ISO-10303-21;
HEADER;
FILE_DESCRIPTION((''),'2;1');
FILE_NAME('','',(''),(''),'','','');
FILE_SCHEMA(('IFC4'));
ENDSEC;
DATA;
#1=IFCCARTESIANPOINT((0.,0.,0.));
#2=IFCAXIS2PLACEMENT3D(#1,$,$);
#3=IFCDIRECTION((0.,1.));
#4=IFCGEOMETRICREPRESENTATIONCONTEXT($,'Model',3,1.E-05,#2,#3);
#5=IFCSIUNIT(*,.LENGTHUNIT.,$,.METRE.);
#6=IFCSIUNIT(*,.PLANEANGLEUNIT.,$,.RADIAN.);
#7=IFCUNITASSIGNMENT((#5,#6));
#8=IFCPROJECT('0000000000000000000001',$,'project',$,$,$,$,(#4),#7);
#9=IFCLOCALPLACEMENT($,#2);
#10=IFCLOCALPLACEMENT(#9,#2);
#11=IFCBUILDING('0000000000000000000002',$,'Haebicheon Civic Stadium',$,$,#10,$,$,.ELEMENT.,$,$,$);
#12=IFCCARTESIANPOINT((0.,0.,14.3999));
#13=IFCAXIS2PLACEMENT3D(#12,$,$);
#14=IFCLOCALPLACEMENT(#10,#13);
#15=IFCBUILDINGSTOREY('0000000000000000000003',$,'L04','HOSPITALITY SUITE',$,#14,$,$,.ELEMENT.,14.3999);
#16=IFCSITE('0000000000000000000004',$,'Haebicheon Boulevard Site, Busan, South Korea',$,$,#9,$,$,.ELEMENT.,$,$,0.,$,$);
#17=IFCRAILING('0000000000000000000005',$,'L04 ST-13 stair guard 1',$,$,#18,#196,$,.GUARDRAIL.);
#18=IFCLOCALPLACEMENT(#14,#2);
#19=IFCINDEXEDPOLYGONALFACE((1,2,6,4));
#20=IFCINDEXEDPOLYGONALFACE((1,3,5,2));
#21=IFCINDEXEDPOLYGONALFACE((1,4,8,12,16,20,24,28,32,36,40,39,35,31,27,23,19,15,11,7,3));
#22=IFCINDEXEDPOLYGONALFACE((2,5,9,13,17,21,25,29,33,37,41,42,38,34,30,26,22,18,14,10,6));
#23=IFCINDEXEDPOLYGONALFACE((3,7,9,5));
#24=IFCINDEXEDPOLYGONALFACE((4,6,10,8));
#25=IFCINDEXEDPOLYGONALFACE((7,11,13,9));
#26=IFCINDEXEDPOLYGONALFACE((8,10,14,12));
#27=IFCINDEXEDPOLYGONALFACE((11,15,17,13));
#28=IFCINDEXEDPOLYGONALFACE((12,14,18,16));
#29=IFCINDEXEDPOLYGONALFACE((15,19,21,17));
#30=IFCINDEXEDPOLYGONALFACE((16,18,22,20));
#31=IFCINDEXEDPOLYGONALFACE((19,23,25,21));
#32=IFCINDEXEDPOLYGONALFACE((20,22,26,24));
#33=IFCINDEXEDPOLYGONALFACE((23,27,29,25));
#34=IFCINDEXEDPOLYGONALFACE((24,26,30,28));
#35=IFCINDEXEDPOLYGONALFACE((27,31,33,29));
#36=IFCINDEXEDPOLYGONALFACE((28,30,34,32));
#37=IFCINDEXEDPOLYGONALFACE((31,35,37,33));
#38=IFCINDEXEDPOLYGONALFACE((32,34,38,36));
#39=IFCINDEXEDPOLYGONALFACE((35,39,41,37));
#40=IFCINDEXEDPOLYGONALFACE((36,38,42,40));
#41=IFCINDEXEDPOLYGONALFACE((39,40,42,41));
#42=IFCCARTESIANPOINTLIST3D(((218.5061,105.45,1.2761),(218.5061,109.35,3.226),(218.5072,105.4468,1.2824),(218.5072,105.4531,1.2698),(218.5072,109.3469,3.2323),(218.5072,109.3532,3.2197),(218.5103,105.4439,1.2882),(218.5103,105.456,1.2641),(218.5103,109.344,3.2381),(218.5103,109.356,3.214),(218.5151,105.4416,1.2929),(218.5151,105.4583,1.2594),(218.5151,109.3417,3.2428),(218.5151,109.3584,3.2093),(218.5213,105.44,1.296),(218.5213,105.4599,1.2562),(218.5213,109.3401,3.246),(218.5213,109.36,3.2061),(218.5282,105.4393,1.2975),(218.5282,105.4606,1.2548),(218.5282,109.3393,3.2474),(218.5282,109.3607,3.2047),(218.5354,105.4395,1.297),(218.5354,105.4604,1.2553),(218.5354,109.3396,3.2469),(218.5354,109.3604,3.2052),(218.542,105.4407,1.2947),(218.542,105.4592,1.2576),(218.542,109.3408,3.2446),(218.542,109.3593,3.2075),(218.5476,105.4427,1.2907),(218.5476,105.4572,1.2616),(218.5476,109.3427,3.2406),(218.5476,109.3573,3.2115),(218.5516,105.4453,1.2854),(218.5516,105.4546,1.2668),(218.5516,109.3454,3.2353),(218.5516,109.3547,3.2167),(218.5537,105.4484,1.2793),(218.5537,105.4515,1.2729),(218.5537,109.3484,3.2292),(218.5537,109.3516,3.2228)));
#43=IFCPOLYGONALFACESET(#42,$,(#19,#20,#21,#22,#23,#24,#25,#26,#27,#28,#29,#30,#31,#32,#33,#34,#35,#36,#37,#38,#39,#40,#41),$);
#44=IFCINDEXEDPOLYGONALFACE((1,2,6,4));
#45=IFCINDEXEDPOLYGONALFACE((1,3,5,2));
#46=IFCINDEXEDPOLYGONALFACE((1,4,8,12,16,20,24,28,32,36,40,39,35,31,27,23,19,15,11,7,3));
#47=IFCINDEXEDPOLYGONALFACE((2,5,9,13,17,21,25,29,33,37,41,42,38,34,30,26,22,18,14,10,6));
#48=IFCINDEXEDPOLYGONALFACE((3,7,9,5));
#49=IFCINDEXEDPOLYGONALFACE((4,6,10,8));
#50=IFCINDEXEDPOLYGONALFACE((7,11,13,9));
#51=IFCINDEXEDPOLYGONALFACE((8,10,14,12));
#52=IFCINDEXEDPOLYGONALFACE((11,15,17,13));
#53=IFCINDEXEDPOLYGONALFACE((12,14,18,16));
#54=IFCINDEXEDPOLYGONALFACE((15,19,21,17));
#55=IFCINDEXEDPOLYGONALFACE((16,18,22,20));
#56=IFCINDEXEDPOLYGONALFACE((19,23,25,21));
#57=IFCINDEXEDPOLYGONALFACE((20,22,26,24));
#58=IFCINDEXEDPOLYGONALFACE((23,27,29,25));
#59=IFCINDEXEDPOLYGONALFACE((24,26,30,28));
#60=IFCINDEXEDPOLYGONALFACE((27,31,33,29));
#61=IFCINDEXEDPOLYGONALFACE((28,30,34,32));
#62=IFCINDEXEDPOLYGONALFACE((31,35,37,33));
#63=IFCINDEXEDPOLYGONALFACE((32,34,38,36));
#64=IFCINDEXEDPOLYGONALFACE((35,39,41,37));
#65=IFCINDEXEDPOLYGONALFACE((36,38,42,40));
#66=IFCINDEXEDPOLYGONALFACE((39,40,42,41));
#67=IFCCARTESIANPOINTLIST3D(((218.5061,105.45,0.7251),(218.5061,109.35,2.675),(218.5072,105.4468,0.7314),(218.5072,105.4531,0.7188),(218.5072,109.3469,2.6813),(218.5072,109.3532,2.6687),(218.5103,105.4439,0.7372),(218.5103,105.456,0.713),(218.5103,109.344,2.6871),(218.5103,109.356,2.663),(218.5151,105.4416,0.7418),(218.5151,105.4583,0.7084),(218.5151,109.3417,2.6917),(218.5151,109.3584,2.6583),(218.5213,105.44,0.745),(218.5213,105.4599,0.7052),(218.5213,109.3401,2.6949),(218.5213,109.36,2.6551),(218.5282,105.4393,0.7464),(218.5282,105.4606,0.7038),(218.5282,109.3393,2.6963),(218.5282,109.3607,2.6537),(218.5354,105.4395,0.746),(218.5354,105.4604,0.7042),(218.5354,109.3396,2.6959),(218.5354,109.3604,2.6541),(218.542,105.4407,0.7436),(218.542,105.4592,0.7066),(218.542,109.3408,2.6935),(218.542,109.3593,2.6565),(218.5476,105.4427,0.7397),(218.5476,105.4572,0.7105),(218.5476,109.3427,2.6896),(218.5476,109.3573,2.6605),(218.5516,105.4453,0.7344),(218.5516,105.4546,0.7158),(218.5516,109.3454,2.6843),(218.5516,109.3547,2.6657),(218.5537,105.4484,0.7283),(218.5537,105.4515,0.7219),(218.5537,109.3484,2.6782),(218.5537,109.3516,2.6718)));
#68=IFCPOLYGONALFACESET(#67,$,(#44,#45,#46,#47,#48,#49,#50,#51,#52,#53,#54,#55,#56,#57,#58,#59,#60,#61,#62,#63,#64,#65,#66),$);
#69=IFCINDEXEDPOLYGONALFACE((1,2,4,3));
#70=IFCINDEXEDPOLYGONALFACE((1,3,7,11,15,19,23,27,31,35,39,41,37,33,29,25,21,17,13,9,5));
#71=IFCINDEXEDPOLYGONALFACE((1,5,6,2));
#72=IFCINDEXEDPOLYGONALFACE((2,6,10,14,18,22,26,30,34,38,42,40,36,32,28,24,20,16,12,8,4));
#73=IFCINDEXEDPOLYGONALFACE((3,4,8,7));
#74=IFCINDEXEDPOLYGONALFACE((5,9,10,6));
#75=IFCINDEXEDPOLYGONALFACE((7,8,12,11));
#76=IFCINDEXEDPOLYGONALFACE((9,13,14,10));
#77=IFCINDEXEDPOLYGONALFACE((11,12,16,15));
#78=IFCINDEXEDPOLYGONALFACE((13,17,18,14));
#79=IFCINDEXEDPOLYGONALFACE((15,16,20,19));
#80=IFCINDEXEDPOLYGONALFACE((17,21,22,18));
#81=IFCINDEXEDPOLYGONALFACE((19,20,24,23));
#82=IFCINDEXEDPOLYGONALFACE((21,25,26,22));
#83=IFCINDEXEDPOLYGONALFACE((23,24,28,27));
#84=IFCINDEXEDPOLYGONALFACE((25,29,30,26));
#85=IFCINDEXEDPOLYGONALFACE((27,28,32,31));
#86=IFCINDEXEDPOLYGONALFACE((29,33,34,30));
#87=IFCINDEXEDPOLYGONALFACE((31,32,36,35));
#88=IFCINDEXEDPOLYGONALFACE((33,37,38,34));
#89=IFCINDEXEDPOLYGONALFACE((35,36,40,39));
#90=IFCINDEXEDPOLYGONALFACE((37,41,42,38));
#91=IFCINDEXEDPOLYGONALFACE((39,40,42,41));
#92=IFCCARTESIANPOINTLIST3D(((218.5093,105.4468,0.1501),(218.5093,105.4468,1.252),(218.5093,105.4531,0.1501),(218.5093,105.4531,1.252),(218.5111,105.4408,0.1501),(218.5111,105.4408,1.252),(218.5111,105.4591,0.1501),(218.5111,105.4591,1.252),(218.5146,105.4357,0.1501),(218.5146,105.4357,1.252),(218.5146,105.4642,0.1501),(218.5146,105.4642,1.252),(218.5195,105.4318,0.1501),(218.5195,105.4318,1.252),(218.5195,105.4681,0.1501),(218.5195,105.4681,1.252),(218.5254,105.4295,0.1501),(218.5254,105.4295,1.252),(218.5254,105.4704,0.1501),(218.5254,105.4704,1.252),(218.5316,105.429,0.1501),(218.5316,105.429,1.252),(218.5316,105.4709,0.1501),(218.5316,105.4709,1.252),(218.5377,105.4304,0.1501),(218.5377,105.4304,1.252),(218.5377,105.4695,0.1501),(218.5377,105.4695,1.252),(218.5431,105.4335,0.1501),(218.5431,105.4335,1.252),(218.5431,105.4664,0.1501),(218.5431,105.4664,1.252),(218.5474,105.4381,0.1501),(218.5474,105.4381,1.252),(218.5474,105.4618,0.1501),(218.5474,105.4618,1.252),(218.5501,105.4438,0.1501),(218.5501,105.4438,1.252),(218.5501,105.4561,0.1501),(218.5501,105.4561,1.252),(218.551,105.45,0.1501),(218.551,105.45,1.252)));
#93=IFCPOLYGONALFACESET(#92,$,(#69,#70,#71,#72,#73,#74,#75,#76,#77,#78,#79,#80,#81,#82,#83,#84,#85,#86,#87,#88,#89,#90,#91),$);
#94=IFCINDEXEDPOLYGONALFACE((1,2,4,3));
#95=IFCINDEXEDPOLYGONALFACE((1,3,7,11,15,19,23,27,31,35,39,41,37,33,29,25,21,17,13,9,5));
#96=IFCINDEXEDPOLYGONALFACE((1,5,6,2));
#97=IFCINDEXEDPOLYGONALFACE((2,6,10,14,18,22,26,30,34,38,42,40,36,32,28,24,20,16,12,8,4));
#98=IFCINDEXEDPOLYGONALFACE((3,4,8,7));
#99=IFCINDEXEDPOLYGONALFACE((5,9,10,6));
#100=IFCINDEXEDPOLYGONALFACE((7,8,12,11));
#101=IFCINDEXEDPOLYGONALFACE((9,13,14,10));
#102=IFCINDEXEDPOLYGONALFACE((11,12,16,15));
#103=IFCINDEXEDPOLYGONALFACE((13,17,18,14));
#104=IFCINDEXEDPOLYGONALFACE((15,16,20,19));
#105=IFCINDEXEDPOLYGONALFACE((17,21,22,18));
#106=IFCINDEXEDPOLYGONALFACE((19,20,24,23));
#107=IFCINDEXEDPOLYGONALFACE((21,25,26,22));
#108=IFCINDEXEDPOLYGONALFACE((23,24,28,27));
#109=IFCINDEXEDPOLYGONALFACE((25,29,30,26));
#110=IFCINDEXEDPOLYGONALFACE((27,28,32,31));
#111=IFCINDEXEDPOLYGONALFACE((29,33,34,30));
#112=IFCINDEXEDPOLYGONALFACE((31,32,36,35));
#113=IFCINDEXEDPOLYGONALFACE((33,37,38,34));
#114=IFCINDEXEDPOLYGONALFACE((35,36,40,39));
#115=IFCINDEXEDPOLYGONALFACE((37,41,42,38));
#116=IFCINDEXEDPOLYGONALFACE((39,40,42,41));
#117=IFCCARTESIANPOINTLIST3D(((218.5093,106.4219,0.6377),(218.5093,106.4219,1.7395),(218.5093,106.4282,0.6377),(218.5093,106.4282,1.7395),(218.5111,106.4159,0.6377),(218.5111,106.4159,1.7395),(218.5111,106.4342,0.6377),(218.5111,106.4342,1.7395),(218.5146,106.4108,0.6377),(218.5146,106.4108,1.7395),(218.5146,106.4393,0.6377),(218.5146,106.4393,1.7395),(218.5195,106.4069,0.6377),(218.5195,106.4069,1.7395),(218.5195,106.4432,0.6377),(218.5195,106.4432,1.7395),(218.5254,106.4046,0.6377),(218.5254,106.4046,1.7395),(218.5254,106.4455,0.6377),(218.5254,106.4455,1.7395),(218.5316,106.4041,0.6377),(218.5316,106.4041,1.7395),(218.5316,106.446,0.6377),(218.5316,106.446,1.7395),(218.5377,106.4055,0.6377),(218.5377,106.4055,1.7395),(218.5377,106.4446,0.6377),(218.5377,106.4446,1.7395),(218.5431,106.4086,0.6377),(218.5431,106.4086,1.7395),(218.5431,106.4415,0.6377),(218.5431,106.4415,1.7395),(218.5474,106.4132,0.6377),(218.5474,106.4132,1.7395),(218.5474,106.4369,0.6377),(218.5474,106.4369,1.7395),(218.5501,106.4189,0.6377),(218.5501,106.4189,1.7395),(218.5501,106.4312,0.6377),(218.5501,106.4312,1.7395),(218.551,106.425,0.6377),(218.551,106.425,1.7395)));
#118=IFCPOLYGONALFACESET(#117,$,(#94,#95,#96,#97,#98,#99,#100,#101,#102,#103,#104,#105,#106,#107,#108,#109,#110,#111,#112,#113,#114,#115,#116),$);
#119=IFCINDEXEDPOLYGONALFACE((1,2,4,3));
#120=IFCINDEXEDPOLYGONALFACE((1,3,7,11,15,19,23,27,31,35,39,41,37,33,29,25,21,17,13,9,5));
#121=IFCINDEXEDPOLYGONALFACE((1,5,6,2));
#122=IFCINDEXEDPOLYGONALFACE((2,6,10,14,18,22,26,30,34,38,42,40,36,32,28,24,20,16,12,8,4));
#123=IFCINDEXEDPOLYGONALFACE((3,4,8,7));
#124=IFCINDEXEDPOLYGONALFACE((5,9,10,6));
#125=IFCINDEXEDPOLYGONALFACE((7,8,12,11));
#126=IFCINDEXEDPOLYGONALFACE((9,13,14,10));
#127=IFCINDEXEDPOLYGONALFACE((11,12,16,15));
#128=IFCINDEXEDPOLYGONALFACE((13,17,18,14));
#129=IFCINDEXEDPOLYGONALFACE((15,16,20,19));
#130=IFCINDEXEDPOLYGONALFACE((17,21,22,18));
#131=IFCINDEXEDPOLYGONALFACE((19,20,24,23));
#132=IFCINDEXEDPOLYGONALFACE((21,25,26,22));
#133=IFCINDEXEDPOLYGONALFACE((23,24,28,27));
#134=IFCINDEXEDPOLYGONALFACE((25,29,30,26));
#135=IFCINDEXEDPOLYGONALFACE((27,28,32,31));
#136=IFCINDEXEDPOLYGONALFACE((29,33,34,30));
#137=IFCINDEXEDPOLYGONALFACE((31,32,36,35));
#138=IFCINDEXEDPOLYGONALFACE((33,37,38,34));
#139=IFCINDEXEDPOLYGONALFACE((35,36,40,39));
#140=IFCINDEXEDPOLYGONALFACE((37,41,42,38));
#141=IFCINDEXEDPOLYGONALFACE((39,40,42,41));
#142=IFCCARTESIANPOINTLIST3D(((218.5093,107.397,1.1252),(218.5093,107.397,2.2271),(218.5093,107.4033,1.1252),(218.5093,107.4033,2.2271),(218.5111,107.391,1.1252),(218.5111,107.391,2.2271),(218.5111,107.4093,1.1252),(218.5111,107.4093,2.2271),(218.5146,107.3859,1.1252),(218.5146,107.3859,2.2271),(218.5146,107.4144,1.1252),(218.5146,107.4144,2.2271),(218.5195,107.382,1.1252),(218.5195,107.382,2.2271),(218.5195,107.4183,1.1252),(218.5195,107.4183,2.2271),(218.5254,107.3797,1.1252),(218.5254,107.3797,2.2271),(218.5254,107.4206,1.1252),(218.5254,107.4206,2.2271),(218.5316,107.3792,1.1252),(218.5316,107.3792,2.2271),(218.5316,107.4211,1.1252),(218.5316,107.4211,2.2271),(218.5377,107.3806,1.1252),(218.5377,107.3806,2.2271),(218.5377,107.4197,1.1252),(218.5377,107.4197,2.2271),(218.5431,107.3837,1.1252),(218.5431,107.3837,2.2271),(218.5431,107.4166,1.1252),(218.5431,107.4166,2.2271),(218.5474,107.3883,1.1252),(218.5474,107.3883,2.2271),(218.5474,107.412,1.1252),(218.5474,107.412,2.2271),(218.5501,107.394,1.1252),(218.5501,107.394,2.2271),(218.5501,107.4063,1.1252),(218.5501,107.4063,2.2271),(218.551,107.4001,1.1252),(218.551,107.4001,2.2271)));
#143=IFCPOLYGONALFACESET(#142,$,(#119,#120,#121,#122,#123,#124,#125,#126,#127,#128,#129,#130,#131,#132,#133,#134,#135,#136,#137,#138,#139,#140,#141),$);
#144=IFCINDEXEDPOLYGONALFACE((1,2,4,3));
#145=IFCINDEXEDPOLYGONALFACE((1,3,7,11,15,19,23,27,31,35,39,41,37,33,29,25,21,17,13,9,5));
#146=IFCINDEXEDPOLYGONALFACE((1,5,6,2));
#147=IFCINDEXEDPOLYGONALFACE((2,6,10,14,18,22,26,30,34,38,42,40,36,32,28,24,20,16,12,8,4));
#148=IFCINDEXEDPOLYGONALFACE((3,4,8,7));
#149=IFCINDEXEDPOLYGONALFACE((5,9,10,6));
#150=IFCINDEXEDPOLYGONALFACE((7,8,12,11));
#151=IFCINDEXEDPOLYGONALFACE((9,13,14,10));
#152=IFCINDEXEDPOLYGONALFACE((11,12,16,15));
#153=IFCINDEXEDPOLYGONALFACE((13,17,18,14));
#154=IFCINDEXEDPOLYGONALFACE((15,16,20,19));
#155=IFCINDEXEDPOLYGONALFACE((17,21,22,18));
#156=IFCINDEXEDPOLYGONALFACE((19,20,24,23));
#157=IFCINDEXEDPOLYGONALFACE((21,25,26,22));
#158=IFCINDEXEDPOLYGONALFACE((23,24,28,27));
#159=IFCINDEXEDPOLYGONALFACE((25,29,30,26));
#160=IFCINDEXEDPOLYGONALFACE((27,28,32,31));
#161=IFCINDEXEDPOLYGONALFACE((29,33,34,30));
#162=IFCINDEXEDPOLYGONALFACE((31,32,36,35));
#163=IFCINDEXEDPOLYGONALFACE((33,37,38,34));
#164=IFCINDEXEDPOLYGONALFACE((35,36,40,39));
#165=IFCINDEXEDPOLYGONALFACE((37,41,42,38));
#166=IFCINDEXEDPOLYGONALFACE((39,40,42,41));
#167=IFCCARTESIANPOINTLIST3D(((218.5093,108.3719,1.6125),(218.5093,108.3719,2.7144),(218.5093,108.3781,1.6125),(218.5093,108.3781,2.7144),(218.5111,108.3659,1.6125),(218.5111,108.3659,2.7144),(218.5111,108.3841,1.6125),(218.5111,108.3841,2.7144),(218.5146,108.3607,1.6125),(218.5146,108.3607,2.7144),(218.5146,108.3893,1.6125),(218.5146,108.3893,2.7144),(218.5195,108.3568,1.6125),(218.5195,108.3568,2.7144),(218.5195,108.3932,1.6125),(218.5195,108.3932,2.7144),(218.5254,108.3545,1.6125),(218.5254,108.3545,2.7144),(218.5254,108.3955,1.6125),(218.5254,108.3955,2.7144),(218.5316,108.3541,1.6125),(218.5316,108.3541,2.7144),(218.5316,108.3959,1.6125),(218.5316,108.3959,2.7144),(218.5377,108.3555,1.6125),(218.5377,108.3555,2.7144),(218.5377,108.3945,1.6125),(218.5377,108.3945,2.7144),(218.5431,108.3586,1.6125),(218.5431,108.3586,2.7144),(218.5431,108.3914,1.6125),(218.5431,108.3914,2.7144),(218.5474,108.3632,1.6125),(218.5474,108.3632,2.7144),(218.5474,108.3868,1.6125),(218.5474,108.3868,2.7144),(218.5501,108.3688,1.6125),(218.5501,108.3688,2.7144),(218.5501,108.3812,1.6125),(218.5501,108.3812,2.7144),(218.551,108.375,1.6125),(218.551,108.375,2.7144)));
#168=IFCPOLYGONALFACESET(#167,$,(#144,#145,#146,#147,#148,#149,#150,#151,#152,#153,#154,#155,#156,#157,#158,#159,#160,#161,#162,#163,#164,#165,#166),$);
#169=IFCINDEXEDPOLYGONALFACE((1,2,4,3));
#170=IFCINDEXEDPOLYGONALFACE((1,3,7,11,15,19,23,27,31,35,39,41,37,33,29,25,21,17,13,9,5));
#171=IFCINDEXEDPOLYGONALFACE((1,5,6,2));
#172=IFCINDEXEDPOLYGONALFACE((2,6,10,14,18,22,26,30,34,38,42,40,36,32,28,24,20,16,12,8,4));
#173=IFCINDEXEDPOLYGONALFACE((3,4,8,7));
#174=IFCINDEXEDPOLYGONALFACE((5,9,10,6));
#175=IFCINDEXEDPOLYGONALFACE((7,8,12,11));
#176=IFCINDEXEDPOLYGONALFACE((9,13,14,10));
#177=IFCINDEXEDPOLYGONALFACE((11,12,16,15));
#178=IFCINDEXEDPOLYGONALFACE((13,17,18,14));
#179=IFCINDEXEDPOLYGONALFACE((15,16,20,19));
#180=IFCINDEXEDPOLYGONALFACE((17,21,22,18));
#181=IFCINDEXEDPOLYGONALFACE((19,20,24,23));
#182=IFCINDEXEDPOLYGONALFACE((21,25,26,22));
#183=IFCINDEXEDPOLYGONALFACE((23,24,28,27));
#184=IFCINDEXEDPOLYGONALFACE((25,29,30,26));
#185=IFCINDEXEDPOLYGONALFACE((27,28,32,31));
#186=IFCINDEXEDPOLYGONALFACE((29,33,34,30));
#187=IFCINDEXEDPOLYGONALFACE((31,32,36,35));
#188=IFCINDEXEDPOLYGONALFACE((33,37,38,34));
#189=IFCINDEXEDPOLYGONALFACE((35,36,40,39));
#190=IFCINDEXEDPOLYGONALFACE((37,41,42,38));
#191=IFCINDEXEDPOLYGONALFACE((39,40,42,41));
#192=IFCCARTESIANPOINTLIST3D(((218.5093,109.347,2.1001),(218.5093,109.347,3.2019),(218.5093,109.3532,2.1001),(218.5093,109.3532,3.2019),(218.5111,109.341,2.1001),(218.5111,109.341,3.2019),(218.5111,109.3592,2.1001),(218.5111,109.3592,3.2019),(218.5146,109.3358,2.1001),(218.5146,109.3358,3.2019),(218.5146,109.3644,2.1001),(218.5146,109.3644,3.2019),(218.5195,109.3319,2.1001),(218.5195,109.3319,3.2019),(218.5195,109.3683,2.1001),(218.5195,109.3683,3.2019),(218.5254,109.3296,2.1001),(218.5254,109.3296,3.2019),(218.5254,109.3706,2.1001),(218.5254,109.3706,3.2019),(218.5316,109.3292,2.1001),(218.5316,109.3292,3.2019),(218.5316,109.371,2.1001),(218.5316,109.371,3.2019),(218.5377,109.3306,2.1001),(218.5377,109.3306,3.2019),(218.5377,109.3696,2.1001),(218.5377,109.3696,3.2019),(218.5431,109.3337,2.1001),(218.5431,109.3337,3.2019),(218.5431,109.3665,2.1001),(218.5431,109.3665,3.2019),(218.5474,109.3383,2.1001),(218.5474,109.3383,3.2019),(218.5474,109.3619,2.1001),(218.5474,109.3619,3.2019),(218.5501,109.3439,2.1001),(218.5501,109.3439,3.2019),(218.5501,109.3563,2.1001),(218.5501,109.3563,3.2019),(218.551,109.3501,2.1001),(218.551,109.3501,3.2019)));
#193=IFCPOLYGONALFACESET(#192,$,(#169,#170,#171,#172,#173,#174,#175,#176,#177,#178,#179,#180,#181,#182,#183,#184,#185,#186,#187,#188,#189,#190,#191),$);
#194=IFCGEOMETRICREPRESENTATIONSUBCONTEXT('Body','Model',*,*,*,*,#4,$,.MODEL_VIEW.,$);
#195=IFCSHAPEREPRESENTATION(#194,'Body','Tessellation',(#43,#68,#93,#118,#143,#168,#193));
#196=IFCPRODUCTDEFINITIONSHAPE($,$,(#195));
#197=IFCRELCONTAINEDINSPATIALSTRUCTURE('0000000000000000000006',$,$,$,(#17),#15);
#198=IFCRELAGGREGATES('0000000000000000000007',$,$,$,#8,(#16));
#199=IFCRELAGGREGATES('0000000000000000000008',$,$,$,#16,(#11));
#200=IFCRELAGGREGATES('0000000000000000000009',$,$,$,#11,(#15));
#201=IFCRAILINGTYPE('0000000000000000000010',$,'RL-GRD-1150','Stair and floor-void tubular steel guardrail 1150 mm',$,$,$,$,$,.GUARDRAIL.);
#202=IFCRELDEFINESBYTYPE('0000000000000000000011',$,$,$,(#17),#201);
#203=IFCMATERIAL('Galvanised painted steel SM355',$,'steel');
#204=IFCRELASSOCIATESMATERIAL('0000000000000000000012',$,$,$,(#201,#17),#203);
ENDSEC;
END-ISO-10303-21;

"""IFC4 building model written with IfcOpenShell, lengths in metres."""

from ifc_helpers import new_model, si_unit, direction, frame, origin, origin_2d, place, context, subcontext, project, spatial, circle, extrude, material, type_object, element, save


model = new_model("IFC4")

# Units and contexts
model_context = context("Model", 3, precision=1e-05, world=origin(), true_north=direction((0.0, 1.0)))
body_context = subcontext(model_context, "Body", "Model", "MODEL_VIEW")
ifc_project = project(units=[si_unit("LENGTHUNIT", "METRE"), si_unit("PLANEANGLEUNIT", "RADIAN")], contexts=[model_context])

# Site, building, storey
site_placement = place(None, origin())
site = spatial("IfcSite", under=ifc_project, at=site_placement, Name="Haebicheon Boulevard Site, Busan, South Korea", CompositionType="ELEMENT", RefElevation=0.0)
building_placement = place(site_placement, origin())
building = spatial("IfcBuilding", under=site, at=building_placement, Name="Haebicheon Civic Stadium", CompositionType="ELEMENT")
storey_placement = place(building_placement, frame((0.0, 0.0, 14.3999)))
storey = spatial("IfcBuildingStorey", under=building, at=storey_placement, Name="L04", Description="HOSPITALITY SUITE", CompositionType="ELEMENT", Elevation=14.3999)

# Railing
ifc_material_1 = material(Name="Galvanised painted steel SM355", Category="steel")
railing_type_1 = type_object("IfcRailingType", Name="RL-GRD-1150", Description="Stair and floor-void tubular steel guardrail 1150 mm", PredefinedType="GUARDRAIL", material=ifc_material_1)
railing_1_placement = place(storey_placement, frame((218.53, 105.45, 0.1501)))
element("IfcRailing", 1, at=railing_1_placement, inside=storey, type_object=railing_type_1, material=ifc_material_1, Name="L04 ST-13 stair guard 1", PredefinedType="GUARDRAIL", context=body_context, shape_type="SweptSolid", body=[
    extrude(circle(Radius=0.0239, at=origin_2d()), frame((0.0, 0.0, 1.126), z_axis=(0.0, 0.894438, 0.447191), x_axis=(-1.0, 0.0, 0.0)), (0.0, 0.0, 1.0), 4.3604),
    extrude(circle(Radius=0.0239, at=origin_2d()), frame((0.0, 0.0, 0.575), z_axis=(0.0, 0.894438, 0.447191), x_axis=(-1.0, 0.0, 0.0)), (0.0, 0.0, 1.0), 4.3604),
    extrude(circle(Radius=0.021, at=origin_2d()), origin(), (0.0, 0.0, 1.0), 1.1018),
    extrude(circle(Radius=0.021, at=origin_2d()), frame((0.0, 0.9751, 0.4875)), (0.0, 0.0, 1.0), 1.1018),
    extrude(circle(Radius=0.021, at=origin_2d()), frame((0.0, 1.9502, 0.9751)), (0.0, 0.0, 1.0), 1.1018),
    extrude(circle(Radius=0.021, at=origin_2d()), frame((0.0, 2.925, 1.4624)), (0.0, 0.0, 1.0), 1.1018),
    extrude(circle(Radius=0.021, at=origin_2d()), frame((0.0, 3.9001, 1.95)), (0.0, 0.0, 1.0), 1.1018),
])

save(model, "model.ifc")
